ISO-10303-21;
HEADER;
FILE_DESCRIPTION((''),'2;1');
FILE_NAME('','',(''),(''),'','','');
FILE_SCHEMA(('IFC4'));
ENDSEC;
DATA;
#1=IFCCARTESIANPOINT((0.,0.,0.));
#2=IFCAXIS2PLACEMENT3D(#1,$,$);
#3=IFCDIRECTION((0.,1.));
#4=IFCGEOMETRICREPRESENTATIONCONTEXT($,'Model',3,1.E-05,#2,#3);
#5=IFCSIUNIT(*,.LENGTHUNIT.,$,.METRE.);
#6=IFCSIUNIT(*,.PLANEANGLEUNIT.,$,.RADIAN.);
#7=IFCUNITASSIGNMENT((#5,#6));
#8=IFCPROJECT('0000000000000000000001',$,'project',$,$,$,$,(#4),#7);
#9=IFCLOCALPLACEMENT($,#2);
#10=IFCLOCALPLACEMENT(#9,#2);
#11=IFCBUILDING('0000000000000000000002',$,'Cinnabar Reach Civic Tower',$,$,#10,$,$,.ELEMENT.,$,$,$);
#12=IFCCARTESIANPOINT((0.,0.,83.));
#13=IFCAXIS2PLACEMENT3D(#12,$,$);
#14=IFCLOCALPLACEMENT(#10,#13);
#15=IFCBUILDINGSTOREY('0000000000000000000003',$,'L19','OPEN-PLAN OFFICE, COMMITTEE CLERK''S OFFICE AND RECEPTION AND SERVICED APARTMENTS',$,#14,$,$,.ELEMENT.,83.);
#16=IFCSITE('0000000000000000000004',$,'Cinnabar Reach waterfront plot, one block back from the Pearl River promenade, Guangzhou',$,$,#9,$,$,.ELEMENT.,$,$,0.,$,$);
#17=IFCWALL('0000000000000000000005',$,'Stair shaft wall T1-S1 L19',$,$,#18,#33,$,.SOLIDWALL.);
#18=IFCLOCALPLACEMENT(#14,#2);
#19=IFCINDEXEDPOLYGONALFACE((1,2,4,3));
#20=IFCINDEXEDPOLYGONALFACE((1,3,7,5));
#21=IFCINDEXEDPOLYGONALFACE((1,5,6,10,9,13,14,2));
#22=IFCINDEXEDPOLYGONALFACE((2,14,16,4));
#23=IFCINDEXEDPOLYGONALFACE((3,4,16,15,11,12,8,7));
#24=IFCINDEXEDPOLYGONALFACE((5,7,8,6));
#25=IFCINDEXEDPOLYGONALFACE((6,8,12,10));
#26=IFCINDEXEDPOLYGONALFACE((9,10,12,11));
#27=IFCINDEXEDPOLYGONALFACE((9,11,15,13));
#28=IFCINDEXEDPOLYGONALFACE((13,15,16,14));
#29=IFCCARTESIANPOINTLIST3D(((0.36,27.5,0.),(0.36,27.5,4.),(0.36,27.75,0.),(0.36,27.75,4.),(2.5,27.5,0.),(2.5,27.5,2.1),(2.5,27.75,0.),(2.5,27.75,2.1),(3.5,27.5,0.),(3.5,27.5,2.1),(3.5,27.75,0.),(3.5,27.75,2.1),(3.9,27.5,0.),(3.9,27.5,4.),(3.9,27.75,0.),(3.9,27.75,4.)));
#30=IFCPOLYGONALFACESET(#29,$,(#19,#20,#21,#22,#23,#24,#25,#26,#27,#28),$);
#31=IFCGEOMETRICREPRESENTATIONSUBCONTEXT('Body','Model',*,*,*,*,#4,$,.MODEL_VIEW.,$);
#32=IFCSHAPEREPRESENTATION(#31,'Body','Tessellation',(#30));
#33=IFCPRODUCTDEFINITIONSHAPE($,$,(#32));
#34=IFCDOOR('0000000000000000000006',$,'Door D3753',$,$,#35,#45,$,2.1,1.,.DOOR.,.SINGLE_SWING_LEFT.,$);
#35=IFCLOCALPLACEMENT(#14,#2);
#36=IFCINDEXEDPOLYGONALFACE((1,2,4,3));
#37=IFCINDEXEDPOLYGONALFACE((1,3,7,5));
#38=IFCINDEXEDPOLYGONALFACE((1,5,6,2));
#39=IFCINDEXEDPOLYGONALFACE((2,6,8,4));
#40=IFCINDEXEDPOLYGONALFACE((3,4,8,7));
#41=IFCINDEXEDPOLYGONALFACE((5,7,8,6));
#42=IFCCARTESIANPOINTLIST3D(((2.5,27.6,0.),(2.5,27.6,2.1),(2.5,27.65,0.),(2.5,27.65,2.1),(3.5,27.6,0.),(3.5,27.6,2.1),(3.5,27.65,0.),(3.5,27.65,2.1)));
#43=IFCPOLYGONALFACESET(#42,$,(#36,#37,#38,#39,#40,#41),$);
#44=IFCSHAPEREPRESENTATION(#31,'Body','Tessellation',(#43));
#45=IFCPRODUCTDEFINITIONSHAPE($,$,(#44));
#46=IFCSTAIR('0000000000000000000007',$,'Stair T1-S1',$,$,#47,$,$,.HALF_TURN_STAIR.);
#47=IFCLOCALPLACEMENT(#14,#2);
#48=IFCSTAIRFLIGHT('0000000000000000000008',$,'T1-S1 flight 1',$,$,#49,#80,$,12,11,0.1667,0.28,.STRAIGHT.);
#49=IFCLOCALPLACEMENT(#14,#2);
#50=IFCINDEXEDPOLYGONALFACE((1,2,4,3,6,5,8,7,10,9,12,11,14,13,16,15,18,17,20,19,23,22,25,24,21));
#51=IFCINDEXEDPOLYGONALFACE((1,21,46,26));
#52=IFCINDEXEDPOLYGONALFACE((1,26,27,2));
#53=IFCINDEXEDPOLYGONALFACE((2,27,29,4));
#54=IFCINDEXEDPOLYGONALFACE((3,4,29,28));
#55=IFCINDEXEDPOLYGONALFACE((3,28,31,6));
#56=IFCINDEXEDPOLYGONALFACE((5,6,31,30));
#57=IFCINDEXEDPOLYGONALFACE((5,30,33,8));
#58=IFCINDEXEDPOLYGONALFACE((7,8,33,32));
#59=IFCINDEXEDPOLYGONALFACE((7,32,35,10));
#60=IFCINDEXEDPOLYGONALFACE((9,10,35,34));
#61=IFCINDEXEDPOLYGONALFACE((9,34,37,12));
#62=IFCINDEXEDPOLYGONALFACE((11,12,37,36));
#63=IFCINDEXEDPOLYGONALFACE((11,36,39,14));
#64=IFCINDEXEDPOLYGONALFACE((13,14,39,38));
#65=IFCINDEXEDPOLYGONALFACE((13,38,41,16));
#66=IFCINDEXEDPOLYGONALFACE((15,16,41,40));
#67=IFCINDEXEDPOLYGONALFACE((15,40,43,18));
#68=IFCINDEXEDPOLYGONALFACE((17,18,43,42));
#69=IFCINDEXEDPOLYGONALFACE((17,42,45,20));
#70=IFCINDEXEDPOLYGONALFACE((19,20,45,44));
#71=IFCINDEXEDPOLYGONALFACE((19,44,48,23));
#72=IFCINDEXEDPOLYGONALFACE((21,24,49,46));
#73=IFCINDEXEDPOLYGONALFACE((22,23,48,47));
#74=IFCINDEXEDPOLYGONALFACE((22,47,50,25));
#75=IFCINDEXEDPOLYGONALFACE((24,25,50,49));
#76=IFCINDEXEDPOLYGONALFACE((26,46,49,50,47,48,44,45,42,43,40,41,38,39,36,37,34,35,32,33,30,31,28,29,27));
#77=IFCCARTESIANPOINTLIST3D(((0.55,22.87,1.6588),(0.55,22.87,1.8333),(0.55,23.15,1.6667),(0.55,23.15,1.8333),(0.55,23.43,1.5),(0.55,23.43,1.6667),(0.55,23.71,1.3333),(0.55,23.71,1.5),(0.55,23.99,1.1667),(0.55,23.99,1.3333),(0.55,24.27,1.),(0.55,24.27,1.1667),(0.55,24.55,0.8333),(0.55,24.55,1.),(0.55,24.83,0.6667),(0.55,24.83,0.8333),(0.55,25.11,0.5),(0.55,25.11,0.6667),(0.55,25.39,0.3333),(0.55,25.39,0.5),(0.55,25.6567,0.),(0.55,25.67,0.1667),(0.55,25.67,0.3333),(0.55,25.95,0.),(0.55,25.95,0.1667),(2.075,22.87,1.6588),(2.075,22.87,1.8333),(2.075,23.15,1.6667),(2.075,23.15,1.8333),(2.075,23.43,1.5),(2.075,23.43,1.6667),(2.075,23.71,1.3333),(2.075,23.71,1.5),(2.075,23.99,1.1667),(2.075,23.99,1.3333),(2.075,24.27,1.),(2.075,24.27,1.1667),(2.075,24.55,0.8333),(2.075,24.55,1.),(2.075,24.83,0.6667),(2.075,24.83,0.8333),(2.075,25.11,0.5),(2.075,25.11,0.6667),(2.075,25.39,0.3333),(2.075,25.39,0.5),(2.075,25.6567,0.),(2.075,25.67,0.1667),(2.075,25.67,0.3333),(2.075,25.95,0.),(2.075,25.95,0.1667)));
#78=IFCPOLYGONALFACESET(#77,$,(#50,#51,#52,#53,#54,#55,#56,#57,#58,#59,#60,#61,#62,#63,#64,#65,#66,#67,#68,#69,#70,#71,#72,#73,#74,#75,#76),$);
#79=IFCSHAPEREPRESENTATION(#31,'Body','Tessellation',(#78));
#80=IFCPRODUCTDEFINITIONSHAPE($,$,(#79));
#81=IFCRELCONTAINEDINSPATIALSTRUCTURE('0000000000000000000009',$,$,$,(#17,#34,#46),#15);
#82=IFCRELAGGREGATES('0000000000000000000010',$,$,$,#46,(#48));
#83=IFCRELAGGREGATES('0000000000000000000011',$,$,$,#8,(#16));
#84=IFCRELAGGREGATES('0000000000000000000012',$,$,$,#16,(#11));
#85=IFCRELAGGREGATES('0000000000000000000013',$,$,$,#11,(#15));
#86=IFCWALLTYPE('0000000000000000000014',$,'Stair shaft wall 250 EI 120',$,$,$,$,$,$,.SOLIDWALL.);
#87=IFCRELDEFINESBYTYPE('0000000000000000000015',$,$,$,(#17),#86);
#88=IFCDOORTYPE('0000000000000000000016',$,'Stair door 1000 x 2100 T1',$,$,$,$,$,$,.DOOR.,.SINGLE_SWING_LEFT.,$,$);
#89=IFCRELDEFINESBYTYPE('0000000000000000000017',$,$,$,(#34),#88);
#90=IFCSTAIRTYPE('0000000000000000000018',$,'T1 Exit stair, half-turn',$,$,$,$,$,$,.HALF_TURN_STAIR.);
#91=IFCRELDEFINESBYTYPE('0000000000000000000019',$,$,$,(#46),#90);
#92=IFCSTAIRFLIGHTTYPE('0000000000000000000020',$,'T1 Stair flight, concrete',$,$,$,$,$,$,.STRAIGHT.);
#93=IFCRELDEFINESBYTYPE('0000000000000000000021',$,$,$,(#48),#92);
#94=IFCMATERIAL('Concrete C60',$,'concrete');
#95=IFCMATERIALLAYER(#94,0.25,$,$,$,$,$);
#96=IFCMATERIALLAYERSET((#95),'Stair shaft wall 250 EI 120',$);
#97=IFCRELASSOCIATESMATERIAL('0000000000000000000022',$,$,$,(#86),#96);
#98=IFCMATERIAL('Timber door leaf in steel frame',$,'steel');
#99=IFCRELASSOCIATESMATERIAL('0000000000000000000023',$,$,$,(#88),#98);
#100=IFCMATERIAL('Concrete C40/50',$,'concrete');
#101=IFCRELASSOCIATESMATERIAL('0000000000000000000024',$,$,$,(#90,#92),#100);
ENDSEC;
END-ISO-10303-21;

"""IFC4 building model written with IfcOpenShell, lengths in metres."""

from ifc_helpers import new_model, si_unit, direction, frame, frame_2d, origin, place, context, subcontext, project, spatial, polyline, rectangle, outline, extrude, material, layer, layer_set, type_object, element, fill, aggregate, save


model = new_model("IFC4")

# Units and contexts
model_context = context("Model", 3, precision=1e-05, world=origin(), true_north=direction((0.0, 1.0)))
body_context = subcontext(model_context, "Body", "Model", "MODEL_VIEW")
ifc_project = project(units=[si_unit("LENGTHUNIT", "METRE"), si_unit("PLANEANGLEUNIT", "RADIAN")], contexts=[model_context])

# Site, building, storey
site_placement = place(None, origin())
site = spatial("IfcSite", under=ifc_project, at=site_placement, Name="Cinnabar Reach waterfront plot, one block back from the Pearl River promenade, Guangzhou", CompositionType="ELEMENT", RefElevation=0.0)
building_placement = place(site_placement, origin())
building = spatial("IfcBuilding", under=site, at=building_placement, Name="Cinnabar Reach Civic Tower", CompositionType="ELEMENT")
storey_placement = place(building_placement, frame((0.0, 0.0, 83.0)))
storey = spatial("IfcBuildingStorey", under=building, at=storey_placement, Name="L19", Description="OPEN-PLAN OFFICE, COMMITTEE CLERK'S OFFICE AND RECEPTION AND SERVICED APARTMENTS", CompositionType="ELEMENT", Elevation=83.0)

# Shared definitions
ifc_material_1 = material(Name="Timber door leaf in steel frame", Category="steel")

# Wall, opening, door
ifc_material_2 = material(Name="Concrete C60", Category="concrete")
ifc_layer_1 = layer(ifc_material_2, 0.25)
ifc_layer_set_1 = layer_set([ifc_layer_1], Name="Stair shaft wall 250 EI 120")
wall_type_1 = type_object("IfcWallType", Name="Stair shaft wall 250 EI 120", PredefinedType="SOLIDWALL", material=ifc_layer_set_1)
wall_1_placement = place(storey_placement, frame((3.9, 27.625, 0.0), z_axis=(0.0, 0.0, 1.0), x_axis=(-1.0, 0.0, 0.0)))
wall_1 = element("IfcWall", 1, at=wall_1_placement, inside=storey, type_object=wall_type_1, Name="Stair shaft wall T1-S1 L19", PredefinedType="SOLIDWALL", context=body_context, shape_type="SweptSolid", body=[
    extrude(rectangle(XDim=3.54, YDim=0.25, at=frame_2d((1.77, 0.0))), origin(), (0.0, 0.0, 1.0), 4.0),
])
opening_1_placement = place(wall_1_placement, frame((0.4, 0.0, 0.0)))
opening_1 = element("IfcOpeningElement", 2, at=opening_1_placement, cuts=wall_1, PredefinedType="OPENING", context=body_context, shape_type="SweptSolid", body=[
    extrude(rectangle(XDim=1.0, YDim=2.1, at=frame_2d((0.5, 1.05))), frame((0.0, 0.135, 0.0), z_axis=(0.0, -1.0, 0.0), x_axis=(1.0, 0.0, 0.0)), (0.0, 0.0, 1.0), 0.27),
])
door_type_1 = type_object("IfcDoorType", Name="Stair door 1000 x 2100 T1", OperationType="SINGLE_SWING_LEFT", PredefinedType="DOOR", material=ifc_material_1)
door_1_placement = place(opening_1_placement, origin())
door_1 = element("IfcDoor", 3, at=door_1_placement, inside=storey, type_object=door_type_1, Name="Door D3753", OperationType="SINGLE_SWING_LEFT", OverallHeight=2.1, OverallWidth=1.0, PredefinedType="DOOR", context=body_context, shape_type="SweptSolid", body=[
    extrude(rectangle(XDim=1.0, YDim=2.1, at=frame_2d((0.5, 1.05))), frame((0.0, 0.025, 0.0), z_axis=(0.0, -1.0, 0.0), x_axis=(1.0, 0.0, 0.0)), (0.0, 0.0, 1.0), 0.05),
])
fill(opening_1, door_1)

# Stair, stair flight
ifc_material_3 = material(Name="Concrete C40/50", Category="concrete")
stair_type = type_object("IfcStairType", Name="T1 Exit stair, half-turn", PredefinedType="HALF_TURN_STAIR", material=ifc_material_3)
stair_placement = place(storey_placement, origin())
stair = element("IfcStair", 4, at=stair_placement, inside=storey, type_object=stair_type, Name="Stair T1-S1", PredefinedType="HALF_TURN_STAIR")
stair_flight_type = type_object("IfcStairFlightType", Name="T1 Stair flight, concrete", PredefinedType="STRAIGHT", material=ifc_material_3)
stair_flight_placement = place(storey_placement, frame((1.3125, 25.95, 0.0), z_axis=(0.0, 0.0, 1.0), x_axis=(0.0, -1.0, 0.0)))
stair_flight = element("IfcStairFlight", 5, at=stair_flight_placement, type_object=stair_flight_type, Name="T1-S1 flight 1", NumberOfRisers=12, NumberOfTreads=11, PredefinedType="STRAIGHT", RiserHeight=0.1667, TreadLength=0.28, context=body_context, shape_type="SweptSolid", body=[
    extrude(outline(polyline([(0.0, 0.0), (0.0, 0.1667), (0.28, 0.1667), (0.28, 0.3333), (0.56, 0.3333), (0.56, 0.5), (0.84, 0.5), (0.84, 0.6667), (1.12, 0.6667), (1.12, 0.8333), (1.4, 0.8333), (1.4, 1.0), (1.68, 1.0), (1.68, 1.1667), (1.96, 1.1667), (1.96, 1.3333), (2.24, 1.3333), (2.24, 1.5), (2.52, 1.5), (2.52, 1.6667), (2.8, 1.6667), (2.8, 1.8333), (3.08, 1.8333), (3.08, 2.0), (3.08, 1.6588), (0.2933, 0.0), (0.0, 0.0)])), frame((0.0, 0.7625, 0.0), z_axis=(0.0, -1.0, 0.0), x_axis=(1.0, 0.0, 0.0)), (0.0, 0.0, 1.0), 1.525),
])
aggregate(stair, [stair_flight])

save(model, "model.ifc")
